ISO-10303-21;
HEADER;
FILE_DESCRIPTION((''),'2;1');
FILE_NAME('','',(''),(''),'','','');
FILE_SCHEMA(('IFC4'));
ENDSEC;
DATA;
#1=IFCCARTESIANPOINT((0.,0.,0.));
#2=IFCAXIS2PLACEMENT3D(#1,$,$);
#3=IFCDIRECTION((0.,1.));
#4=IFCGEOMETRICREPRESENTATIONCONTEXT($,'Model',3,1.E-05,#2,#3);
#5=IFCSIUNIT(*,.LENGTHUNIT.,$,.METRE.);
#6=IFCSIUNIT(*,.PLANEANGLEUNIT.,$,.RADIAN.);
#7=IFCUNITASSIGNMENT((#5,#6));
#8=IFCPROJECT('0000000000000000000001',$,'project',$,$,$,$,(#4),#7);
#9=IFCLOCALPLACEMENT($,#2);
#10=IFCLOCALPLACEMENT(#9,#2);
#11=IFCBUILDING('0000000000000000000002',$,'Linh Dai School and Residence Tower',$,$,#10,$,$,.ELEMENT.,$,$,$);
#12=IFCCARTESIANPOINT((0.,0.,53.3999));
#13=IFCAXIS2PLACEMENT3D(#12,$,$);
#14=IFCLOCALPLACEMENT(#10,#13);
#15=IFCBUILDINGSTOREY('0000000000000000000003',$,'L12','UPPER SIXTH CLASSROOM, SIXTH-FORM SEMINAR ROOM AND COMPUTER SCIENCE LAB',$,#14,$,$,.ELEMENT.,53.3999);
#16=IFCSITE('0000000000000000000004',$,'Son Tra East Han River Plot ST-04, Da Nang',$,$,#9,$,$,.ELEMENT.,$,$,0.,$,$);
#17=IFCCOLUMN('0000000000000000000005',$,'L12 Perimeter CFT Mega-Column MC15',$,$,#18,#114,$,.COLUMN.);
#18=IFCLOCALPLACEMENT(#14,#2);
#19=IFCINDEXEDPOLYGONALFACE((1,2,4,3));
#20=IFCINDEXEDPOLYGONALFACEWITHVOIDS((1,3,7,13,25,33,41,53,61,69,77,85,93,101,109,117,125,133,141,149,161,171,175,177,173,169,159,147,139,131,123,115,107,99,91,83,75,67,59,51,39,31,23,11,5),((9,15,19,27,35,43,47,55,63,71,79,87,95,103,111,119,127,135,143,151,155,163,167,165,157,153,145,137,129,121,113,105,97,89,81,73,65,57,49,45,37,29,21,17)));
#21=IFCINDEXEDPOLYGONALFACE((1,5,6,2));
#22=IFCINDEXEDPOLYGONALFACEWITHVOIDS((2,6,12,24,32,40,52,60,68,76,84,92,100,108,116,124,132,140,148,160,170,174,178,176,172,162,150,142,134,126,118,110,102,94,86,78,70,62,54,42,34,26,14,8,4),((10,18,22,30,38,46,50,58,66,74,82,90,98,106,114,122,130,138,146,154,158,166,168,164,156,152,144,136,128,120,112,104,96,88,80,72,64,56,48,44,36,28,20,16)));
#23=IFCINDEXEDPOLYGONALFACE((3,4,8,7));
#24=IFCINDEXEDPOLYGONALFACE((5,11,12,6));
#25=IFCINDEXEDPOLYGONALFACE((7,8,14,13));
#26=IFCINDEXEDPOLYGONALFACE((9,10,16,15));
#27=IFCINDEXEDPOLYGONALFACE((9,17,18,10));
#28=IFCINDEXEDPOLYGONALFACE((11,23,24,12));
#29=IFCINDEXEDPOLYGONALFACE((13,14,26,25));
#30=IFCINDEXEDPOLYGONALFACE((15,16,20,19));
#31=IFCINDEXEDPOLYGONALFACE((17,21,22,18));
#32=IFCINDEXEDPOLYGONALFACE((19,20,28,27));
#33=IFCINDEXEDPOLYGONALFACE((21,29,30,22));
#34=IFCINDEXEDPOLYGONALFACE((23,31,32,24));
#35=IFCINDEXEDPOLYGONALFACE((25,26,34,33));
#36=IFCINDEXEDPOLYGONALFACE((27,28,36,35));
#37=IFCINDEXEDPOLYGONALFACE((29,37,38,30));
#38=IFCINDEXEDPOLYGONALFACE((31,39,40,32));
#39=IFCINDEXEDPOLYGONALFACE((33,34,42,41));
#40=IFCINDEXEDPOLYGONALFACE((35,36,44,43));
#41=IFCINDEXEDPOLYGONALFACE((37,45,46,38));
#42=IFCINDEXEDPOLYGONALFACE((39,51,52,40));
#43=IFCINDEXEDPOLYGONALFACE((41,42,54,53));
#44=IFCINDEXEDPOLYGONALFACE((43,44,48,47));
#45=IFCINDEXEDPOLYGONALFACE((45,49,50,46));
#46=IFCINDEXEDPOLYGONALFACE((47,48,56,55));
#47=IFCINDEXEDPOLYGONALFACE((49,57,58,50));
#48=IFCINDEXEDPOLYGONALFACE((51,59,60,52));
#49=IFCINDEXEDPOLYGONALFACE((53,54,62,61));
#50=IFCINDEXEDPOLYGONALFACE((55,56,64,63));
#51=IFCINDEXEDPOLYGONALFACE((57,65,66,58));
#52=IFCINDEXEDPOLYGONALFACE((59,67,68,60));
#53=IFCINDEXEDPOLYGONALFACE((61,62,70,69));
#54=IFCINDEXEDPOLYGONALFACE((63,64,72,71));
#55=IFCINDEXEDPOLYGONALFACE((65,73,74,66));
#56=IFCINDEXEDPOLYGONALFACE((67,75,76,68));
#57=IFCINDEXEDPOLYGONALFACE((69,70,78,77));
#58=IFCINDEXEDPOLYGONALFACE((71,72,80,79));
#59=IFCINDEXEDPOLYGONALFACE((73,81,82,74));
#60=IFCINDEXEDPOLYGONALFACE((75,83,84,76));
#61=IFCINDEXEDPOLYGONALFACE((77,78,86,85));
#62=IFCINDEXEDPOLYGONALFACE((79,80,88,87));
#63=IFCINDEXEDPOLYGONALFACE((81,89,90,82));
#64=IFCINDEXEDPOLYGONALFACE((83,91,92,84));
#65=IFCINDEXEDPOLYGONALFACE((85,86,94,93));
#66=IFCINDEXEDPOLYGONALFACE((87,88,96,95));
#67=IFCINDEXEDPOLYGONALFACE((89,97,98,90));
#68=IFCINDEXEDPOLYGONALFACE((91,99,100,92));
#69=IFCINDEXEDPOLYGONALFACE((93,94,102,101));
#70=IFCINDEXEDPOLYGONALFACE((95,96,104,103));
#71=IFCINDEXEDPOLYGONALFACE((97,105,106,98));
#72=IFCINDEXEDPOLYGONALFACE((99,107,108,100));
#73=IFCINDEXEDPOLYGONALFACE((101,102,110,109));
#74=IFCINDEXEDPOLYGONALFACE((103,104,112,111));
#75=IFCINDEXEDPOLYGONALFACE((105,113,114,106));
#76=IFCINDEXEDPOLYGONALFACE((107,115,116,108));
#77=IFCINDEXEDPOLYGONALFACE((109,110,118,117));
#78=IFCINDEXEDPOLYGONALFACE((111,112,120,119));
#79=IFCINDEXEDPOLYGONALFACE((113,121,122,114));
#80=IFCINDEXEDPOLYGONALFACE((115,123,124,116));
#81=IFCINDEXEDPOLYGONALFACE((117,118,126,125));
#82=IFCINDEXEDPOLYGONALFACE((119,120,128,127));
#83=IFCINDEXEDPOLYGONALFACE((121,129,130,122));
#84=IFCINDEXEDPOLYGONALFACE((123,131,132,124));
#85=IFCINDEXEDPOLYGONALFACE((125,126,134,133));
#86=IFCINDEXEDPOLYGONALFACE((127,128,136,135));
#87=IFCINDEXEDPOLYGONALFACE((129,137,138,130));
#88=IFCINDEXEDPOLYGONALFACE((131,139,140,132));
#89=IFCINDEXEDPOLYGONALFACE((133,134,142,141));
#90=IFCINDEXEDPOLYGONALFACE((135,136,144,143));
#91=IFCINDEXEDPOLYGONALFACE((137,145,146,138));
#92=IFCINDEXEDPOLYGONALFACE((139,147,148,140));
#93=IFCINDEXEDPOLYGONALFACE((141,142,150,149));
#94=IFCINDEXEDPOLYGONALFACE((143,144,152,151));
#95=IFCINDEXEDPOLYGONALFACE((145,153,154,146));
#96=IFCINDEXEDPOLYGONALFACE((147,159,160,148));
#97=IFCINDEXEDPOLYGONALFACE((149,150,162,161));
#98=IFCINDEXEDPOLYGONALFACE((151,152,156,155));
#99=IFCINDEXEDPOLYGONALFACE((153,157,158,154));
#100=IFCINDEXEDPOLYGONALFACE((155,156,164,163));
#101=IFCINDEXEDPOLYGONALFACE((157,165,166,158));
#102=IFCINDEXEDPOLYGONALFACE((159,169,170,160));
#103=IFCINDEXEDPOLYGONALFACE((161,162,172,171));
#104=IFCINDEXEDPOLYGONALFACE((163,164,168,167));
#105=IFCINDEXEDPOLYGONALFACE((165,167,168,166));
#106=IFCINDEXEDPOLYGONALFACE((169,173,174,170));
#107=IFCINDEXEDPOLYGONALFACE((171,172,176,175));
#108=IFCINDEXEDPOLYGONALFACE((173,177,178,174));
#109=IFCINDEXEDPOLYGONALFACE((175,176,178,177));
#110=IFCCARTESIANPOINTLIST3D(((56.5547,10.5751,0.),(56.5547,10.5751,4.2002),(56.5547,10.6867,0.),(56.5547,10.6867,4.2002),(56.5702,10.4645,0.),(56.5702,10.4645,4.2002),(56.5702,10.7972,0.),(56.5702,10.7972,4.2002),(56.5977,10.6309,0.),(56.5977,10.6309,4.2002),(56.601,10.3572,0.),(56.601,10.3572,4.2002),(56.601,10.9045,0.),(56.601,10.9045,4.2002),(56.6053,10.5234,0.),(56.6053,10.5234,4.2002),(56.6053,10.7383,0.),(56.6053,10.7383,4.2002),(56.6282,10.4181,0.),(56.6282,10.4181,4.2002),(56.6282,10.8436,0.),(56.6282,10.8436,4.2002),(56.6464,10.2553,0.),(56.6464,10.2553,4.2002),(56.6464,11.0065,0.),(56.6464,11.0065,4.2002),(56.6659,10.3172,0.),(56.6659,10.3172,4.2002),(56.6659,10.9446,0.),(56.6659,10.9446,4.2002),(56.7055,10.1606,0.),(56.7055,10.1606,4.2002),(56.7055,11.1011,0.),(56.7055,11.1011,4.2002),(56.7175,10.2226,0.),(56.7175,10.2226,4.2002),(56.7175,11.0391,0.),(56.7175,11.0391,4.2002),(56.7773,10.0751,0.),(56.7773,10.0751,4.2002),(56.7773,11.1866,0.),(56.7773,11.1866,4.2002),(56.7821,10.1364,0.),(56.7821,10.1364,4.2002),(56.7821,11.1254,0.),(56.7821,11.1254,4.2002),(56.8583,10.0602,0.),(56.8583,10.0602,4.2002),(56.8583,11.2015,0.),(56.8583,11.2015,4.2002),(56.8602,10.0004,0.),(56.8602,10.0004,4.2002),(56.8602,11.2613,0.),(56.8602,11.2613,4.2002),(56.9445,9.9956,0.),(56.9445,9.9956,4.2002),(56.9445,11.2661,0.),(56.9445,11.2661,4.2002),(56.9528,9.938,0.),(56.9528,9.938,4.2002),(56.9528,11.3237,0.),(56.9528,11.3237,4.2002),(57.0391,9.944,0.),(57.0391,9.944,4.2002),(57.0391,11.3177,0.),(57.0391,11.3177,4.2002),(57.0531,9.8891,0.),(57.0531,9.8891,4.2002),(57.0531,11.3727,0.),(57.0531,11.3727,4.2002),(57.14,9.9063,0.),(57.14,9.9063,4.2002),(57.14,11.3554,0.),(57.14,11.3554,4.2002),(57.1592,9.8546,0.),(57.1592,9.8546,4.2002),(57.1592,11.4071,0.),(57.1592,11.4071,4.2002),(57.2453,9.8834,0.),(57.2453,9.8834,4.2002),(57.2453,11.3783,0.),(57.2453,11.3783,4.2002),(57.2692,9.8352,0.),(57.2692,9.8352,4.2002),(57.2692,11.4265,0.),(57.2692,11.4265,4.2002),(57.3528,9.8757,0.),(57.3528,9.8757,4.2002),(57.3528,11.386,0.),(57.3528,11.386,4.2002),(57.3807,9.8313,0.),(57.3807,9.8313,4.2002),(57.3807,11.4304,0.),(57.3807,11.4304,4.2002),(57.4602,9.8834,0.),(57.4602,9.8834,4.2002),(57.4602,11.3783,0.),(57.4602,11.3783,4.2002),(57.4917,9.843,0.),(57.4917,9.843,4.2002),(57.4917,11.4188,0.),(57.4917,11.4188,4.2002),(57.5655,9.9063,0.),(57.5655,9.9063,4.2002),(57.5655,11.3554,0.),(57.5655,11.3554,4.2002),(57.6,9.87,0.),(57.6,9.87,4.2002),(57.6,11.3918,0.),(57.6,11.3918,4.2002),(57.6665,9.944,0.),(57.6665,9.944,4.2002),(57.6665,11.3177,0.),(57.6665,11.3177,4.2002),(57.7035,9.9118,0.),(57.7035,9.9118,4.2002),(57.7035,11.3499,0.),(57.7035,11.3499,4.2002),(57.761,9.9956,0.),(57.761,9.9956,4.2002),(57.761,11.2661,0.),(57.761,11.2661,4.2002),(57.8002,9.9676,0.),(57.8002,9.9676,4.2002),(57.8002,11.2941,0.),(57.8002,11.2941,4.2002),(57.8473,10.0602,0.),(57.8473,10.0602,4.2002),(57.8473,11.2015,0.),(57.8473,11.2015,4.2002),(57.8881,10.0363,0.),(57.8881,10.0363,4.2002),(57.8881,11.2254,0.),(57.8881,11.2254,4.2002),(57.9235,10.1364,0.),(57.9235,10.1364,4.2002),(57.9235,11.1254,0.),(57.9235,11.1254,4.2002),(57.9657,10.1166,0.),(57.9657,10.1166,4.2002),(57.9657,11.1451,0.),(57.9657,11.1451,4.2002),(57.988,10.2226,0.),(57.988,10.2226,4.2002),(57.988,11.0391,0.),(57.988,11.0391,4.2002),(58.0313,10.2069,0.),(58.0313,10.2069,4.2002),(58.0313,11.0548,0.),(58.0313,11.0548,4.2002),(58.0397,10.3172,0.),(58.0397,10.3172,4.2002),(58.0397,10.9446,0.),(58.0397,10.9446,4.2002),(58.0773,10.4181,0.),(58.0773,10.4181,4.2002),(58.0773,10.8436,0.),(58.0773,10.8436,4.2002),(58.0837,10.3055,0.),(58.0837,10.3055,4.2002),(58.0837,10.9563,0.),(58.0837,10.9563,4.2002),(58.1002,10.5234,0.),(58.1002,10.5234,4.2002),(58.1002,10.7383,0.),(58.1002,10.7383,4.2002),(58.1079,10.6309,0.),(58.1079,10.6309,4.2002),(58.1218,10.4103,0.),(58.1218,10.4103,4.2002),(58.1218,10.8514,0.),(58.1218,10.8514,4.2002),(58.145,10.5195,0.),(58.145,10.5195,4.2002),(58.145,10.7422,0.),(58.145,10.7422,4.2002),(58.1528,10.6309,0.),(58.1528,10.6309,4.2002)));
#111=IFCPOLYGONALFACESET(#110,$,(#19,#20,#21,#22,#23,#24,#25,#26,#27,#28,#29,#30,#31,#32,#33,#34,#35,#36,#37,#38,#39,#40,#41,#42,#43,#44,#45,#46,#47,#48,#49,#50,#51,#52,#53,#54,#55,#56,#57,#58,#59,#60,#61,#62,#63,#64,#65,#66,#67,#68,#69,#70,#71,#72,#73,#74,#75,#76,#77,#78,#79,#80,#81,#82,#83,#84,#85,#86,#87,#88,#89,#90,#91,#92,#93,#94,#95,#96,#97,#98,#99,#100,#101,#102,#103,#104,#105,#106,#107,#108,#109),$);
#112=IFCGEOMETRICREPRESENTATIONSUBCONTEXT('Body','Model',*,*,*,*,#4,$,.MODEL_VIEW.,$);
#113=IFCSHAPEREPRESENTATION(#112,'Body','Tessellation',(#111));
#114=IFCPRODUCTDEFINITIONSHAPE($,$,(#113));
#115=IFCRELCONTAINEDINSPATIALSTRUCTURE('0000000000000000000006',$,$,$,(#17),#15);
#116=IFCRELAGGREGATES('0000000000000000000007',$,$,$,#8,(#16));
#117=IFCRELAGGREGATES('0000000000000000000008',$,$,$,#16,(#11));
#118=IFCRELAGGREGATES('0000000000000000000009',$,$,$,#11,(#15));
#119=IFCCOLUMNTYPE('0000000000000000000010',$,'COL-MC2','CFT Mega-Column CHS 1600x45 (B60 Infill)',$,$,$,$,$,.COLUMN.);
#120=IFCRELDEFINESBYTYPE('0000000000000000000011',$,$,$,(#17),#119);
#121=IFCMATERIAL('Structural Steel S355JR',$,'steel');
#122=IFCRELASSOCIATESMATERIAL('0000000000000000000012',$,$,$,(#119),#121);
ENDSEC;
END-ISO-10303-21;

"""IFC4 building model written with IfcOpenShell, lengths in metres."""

from ifc_helpers import new_model, si_unit, direction, frame, origin, origin_2d, place, context, subcontext, project, spatial, hollow_circle, extrude, material, material_profile, profile_set, type_object, element, save


model = new_model("IFC4")

# Units and contexts
model_context = context("Model", 3, precision=1e-05, world=origin(), true_north=direction((0.0, 1.0)))
body_context = subcontext(model_context, "Body", "Model", "MODEL_VIEW")
ifc_project = project(units=[si_unit("LENGTHUNIT", "METRE"), si_unit("PLANEANGLEUNIT", "RADIAN")], contexts=[model_context])

# Site, building, storey
site_placement = place(None, origin())
site = spatial("IfcSite", under=ifc_project, at=site_placement, Name="Son Tra East Han River Plot ST-04, Da Nang", CompositionType="ELEMENT", RefElevation=0.0)
building_placement = place(site_placement, origin())
building = spatial("IfcBuilding", under=site, at=building_placement, Name="Linh Dai School and Residence Tower", CompositionType="ELEMENT")
storey_placement = place(building_placement, frame((0.0, 0.0, 53.3999)))
storey = spatial("IfcBuildingStorey", under=building, at=storey_placement, Name="L12", Description="UPPER SIXTH CLASSROOM, SIXTH-FORM SEMINAR ROOM AND COMPUTER SCIENCE LAB", CompositionType="ELEMENT", Elevation=53.3999)

# Column
ifc_material_1 = material(Name="Structural Steel S355JR", Category="steel")
ifc_material_profile_1 = material_profile(ifc_material_1, hollow_circle(Radius=0.8, WallThickness=0.0449, at=origin_2d()), Name="CHS 1600x45")
ifc_profile_set_1 = profile_set([ifc_material_profile_1], Name="Structural Steel S355JR")
column_type = type_object("IfcColumnType", Name="COL-MC2", Description="CFT Mega-Column CHS 1600x45 (B60 Infill)", PredefinedType="COLUMN", material=ifc_profile_set_1)
for number, where, z_axis, x_axis, name in (
    (1, (57.3528, 10.6309, 0.0), (0.0, 0.0, 1.0), (1.0, 0.0, 0.0), "L12 Perimeter CFT Mega-Column MC15"),
):
    element("IfcColumn", number, at=place(storey_placement, frame(where, z_axis=z_axis, x_axis=x_axis)), inside=storey, type_object=column_type, Name=name, PredefinedType="COLUMN", context=body_context, shape_type="SweptSolid", body=[
        extrude(hollow_circle(Radius=0.8, WallThickness=0.0449, at=origin_2d()), origin(), (0.0, 0.0, 1.0), 4.2002),
    ])

save(model, "model.ifc")
